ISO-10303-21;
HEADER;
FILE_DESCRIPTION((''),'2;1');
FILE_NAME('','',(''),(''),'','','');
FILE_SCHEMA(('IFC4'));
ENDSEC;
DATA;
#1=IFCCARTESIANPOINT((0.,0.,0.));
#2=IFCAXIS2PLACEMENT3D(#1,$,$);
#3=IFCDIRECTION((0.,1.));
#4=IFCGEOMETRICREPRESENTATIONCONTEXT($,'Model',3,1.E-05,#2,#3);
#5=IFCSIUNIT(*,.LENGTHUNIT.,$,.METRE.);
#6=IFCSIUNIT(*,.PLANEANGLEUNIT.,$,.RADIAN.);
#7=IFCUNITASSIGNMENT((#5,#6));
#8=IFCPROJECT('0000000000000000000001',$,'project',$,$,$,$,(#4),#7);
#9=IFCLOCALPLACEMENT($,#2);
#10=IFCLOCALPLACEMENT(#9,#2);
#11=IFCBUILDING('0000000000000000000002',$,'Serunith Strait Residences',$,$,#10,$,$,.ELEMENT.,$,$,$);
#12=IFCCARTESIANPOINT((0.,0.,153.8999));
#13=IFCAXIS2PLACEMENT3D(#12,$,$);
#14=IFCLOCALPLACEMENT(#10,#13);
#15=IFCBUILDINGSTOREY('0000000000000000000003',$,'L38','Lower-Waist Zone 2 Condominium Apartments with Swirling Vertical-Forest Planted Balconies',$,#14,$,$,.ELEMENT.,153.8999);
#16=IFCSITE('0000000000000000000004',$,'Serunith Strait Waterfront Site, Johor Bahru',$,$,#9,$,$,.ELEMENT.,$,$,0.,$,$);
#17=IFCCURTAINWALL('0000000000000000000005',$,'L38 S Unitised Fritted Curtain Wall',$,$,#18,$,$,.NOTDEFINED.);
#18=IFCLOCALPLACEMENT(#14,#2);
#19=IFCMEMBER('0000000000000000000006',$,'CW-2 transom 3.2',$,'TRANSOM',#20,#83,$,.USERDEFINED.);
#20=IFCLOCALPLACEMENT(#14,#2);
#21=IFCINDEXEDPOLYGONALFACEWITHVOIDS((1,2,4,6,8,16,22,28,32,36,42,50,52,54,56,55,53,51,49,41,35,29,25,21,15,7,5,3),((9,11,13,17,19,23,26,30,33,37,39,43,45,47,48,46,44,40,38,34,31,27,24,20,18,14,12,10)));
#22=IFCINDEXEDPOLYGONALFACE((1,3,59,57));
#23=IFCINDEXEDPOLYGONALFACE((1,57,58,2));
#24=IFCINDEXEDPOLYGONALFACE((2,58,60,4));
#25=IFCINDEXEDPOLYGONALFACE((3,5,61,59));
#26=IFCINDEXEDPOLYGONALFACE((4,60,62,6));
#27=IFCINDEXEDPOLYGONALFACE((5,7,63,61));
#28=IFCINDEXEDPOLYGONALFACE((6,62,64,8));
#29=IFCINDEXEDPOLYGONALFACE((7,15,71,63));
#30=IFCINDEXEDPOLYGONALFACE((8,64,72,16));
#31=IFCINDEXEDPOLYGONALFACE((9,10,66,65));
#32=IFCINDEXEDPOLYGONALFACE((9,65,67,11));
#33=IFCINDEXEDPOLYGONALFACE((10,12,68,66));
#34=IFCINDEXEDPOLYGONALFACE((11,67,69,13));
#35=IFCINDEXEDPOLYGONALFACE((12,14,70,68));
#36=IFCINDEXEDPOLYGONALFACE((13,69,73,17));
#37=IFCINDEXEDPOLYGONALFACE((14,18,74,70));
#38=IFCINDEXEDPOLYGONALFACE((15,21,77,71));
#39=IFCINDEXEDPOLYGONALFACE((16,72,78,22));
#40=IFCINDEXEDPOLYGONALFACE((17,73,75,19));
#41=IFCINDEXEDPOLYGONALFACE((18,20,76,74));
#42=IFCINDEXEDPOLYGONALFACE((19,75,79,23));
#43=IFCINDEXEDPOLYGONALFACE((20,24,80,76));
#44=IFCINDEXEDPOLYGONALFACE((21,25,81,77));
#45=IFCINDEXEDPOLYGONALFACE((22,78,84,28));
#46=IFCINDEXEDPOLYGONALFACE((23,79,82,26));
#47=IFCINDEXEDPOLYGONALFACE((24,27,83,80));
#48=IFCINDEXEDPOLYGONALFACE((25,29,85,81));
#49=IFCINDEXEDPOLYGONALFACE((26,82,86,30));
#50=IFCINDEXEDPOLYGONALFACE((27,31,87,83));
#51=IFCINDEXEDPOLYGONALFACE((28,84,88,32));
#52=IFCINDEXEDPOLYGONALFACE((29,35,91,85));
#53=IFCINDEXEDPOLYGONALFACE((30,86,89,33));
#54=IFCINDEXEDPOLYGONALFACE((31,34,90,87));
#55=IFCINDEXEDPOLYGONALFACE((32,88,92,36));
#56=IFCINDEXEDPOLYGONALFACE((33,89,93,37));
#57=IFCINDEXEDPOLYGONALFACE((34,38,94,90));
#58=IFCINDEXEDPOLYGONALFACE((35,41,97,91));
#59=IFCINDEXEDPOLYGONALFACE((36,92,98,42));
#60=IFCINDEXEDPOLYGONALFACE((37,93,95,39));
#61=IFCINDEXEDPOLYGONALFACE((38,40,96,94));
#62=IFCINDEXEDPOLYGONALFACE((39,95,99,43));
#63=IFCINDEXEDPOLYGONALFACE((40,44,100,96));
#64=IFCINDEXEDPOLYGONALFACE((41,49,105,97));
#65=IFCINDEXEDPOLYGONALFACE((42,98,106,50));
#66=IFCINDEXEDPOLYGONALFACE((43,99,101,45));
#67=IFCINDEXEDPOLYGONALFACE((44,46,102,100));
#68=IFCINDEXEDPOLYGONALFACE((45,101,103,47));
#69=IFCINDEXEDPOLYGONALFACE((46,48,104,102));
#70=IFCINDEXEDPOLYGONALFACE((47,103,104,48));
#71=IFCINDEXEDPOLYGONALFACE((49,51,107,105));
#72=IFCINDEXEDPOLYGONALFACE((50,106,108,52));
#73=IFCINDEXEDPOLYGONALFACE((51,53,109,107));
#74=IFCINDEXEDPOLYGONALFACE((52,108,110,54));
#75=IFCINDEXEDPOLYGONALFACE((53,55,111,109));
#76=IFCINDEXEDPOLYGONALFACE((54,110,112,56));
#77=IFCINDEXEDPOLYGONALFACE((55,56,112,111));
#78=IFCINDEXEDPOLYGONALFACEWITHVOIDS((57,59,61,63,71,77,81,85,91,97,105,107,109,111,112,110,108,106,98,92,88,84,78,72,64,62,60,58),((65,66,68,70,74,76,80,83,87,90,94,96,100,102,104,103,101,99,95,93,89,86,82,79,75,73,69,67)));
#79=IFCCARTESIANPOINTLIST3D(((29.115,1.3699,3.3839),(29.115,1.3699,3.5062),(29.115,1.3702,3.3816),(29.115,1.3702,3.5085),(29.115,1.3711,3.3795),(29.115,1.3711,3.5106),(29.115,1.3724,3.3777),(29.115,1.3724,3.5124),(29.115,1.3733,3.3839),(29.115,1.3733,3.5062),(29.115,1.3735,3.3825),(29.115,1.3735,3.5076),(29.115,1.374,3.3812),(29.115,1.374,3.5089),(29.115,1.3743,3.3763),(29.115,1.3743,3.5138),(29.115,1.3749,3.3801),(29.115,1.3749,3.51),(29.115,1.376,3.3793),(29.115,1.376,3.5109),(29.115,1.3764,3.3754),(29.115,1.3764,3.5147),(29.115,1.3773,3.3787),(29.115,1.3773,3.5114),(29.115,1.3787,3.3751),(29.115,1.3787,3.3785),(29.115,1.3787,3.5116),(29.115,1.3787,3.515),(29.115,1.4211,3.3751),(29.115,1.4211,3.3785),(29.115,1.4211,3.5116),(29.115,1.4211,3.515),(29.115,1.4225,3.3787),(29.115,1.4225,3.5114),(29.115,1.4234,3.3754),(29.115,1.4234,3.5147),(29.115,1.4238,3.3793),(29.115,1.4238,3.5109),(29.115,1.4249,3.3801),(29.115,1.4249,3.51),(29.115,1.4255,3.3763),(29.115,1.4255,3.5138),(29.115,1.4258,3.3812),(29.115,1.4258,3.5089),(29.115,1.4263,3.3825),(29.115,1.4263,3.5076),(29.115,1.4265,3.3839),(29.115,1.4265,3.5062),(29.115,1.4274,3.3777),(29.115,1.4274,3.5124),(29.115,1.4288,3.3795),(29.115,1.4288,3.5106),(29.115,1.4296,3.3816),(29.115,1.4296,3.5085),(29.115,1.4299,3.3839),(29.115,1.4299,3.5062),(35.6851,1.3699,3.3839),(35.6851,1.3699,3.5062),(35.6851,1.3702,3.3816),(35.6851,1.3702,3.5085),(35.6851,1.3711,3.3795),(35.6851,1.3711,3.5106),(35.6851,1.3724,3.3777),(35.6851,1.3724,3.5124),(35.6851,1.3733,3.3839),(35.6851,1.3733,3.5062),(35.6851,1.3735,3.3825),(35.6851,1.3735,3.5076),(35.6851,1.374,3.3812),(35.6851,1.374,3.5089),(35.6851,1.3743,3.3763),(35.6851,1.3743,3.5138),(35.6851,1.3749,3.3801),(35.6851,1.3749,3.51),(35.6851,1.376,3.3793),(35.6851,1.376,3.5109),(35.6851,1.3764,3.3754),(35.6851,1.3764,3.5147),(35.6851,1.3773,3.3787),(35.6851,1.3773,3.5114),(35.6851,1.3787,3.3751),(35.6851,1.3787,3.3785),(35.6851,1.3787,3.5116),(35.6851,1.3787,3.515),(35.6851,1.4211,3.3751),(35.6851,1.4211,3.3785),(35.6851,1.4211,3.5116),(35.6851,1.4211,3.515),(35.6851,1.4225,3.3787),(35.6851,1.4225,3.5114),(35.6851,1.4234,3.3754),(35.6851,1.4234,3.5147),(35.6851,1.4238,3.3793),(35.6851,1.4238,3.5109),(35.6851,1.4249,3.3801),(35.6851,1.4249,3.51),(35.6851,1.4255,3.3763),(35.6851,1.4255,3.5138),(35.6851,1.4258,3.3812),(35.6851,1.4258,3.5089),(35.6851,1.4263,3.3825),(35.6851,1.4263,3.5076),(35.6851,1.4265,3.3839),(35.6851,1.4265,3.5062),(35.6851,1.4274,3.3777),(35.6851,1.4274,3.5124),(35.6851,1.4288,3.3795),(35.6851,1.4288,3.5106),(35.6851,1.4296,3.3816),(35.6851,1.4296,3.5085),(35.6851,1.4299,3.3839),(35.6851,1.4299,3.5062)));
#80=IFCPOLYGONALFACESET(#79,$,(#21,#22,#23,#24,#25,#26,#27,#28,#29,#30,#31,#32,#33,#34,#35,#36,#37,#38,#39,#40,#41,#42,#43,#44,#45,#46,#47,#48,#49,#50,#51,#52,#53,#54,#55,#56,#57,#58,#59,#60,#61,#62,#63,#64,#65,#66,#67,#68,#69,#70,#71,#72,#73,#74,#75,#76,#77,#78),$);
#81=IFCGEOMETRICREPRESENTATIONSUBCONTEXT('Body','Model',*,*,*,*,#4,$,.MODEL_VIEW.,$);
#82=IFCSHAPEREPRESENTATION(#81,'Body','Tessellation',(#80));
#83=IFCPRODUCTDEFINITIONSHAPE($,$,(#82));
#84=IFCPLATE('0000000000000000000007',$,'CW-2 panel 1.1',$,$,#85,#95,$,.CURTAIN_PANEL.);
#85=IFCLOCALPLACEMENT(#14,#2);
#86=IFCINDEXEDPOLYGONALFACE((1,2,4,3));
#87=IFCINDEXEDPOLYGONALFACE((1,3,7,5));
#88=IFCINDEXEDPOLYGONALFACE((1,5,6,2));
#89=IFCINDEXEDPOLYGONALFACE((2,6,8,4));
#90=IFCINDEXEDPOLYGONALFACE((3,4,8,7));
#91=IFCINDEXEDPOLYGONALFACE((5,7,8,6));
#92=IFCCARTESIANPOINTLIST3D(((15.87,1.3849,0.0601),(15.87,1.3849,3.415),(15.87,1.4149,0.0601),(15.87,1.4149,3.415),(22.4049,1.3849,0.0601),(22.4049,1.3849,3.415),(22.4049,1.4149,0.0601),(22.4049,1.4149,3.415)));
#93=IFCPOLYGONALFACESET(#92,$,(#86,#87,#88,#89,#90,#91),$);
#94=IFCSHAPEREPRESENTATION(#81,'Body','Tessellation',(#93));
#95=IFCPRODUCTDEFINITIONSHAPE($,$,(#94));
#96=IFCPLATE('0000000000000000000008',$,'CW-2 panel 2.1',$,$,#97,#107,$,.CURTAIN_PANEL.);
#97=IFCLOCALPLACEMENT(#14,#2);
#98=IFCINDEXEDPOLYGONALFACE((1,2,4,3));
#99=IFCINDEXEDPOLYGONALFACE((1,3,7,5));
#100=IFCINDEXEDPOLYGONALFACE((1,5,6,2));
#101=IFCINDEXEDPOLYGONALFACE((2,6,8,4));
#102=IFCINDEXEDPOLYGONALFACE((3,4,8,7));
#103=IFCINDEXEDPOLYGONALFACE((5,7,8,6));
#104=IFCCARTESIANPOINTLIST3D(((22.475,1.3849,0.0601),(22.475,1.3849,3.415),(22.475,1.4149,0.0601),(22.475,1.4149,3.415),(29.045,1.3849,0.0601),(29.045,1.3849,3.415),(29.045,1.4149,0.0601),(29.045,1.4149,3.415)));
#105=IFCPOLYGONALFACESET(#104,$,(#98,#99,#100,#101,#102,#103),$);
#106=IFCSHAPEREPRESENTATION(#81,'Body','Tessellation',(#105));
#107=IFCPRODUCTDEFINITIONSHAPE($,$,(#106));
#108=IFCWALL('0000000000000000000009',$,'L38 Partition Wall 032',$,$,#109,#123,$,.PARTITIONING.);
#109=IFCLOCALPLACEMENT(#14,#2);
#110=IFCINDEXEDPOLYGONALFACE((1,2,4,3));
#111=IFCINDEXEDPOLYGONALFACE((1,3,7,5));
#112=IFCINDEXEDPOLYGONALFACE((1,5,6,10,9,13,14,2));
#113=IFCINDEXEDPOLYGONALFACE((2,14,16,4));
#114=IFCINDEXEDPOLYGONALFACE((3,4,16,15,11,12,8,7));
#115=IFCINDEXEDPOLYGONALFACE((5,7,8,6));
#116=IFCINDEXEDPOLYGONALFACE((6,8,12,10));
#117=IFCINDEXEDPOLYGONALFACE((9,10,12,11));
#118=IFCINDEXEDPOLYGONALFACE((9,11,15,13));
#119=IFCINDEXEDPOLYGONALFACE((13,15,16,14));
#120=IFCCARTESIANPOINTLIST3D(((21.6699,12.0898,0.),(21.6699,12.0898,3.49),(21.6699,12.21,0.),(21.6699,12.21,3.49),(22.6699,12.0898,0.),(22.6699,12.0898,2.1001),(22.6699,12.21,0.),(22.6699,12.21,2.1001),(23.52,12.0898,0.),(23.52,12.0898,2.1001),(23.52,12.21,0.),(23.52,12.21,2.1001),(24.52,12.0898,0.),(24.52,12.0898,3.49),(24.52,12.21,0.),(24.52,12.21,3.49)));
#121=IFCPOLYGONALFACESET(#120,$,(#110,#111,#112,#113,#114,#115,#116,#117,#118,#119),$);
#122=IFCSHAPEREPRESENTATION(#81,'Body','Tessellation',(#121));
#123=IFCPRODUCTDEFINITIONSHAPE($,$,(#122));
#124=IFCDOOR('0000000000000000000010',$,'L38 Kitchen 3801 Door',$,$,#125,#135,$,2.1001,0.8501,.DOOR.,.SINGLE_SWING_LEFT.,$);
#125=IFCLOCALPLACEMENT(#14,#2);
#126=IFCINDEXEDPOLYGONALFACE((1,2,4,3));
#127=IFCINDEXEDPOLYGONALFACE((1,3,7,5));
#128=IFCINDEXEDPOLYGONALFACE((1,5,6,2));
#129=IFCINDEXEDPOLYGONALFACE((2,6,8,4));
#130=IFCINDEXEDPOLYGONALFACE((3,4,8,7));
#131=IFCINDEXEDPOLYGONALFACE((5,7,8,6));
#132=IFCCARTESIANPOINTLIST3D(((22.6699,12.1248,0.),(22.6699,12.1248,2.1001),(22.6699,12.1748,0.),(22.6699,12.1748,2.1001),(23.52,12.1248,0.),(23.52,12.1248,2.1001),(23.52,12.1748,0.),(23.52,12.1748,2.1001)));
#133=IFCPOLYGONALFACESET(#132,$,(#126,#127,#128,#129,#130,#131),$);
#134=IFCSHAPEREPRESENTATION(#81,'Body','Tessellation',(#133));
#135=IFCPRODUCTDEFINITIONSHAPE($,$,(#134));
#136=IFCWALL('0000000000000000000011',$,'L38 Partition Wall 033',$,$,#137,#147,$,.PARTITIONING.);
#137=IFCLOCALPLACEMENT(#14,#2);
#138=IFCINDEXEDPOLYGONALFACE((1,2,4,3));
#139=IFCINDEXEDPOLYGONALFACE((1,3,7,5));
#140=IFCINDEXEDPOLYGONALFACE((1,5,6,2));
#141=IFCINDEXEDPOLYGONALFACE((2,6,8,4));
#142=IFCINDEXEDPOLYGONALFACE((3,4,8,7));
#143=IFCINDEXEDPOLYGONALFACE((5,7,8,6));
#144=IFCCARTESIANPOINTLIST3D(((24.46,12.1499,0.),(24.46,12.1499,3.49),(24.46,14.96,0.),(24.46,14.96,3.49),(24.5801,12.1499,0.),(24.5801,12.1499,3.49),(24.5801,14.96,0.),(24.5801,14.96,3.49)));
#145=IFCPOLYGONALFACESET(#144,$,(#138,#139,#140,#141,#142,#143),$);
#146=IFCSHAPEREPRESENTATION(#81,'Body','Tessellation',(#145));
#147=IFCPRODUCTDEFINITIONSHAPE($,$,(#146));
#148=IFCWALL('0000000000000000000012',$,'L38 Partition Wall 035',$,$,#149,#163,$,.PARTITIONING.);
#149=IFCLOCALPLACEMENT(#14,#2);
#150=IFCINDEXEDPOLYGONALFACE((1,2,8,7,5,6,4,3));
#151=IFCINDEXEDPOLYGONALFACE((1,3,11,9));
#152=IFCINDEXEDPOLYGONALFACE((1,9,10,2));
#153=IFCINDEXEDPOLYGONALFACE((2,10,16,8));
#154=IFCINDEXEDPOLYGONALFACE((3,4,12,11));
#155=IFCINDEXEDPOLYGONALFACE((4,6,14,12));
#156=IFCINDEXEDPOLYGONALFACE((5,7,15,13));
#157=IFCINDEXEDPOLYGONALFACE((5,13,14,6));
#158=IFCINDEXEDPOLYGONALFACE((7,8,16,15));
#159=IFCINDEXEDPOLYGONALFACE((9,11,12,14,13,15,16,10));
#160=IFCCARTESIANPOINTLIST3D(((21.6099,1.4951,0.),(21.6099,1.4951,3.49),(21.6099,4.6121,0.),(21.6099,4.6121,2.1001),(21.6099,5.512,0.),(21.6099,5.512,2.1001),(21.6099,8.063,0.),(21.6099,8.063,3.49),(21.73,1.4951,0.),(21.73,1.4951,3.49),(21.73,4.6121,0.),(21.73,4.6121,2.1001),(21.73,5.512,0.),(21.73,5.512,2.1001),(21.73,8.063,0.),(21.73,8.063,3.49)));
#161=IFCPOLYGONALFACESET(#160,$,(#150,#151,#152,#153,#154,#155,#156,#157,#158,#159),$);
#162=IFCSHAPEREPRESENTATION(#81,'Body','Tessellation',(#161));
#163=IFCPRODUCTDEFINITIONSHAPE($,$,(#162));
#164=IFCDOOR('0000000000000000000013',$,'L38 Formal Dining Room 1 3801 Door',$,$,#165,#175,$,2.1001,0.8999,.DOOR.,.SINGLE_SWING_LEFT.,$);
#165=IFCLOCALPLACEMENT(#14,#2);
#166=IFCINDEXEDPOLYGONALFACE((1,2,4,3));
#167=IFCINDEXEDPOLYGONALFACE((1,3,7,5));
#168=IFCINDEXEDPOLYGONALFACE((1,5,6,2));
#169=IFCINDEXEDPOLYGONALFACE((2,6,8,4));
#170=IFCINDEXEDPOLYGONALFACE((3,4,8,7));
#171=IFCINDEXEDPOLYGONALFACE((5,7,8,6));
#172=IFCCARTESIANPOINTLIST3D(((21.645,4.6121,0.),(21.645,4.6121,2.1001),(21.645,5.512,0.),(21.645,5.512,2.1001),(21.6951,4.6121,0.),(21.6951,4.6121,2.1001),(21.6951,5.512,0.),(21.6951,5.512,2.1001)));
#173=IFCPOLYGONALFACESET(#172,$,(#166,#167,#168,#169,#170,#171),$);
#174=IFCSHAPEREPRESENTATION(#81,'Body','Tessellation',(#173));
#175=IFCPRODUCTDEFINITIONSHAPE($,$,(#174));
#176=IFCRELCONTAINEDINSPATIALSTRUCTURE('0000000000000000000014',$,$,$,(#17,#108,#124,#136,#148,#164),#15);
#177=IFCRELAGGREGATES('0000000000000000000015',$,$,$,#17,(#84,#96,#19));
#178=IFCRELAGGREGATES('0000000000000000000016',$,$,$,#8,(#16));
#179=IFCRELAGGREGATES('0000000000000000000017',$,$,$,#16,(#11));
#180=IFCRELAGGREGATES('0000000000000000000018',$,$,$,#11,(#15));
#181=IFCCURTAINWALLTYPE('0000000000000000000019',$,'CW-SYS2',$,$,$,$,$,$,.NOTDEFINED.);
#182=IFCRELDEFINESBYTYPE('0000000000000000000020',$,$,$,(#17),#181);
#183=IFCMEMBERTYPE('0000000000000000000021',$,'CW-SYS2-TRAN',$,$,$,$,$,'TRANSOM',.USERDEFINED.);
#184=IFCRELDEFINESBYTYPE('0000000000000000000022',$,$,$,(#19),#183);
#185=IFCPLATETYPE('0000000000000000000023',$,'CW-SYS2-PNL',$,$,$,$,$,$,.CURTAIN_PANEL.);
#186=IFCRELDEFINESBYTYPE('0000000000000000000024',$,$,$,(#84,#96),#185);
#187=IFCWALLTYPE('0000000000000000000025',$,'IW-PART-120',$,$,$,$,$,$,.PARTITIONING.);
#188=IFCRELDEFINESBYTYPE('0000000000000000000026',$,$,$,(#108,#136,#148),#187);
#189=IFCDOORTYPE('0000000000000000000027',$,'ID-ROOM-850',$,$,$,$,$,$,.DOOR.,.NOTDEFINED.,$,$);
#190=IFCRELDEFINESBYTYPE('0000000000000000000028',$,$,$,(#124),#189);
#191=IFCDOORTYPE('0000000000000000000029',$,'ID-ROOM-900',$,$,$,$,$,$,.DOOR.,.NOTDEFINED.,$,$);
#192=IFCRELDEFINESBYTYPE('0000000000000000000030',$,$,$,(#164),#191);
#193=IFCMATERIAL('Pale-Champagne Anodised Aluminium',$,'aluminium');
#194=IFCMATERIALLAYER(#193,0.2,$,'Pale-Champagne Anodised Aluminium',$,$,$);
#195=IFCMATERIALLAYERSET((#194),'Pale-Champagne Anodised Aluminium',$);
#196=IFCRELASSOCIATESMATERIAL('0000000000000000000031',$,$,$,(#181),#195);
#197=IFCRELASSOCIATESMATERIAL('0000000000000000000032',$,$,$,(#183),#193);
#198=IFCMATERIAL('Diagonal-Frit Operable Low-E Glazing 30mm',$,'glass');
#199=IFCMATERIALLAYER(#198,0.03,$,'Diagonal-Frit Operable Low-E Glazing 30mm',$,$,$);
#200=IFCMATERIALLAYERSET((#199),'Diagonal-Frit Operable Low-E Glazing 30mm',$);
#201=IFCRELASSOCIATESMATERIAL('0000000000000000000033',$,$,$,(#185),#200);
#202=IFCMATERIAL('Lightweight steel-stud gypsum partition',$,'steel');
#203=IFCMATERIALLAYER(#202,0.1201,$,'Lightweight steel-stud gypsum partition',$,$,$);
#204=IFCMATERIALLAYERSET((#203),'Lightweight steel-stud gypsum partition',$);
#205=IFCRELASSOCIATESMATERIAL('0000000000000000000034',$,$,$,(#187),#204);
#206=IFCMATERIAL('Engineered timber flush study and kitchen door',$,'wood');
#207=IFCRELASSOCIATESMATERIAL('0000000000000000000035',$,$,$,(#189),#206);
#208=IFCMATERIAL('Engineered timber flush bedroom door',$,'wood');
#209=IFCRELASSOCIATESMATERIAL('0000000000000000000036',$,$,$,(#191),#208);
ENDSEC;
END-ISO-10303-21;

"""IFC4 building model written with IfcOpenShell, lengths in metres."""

from ifc_helpers import new_model, si_unit, direction, frame, frame_2d, origin, origin_2d, place, context, subcontext, project, spatial, rectangle, hollow_rectangle, extrude, source, transform, mapped, material, layer, layer_set, material_profile, profile_set, type_object, element, fill, aggregate, save


model = new_model("IFC4")

# Units and contexts
model_context = context("Model", 3, precision=1e-05, world=origin(), true_north=direction((0.0, 1.0)))
body_context = subcontext(model_context, "Body", "Model", "MODEL_VIEW")
ifc_project = project(units=[si_unit("LENGTHUNIT", "METRE"), si_unit("PLANEANGLEUNIT", "RADIAN")], contexts=[model_context])

# Site, building, storey
site_placement = place(None, origin())
site = spatial("IfcSite", under=ifc_project, at=site_placement, Name="Serunith Strait Waterfront Site, Johor Bahru", CompositionType="ELEMENT", RefElevation=0.0)
building_placement = place(site_placement, origin())
building = spatial("IfcBuilding", under=site, at=building_placement, Name="Serunith Strait Residences", CompositionType="ELEMENT")
storey_placement = place(building_placement, frame((0.0, 0.0, 153.8999)))
storey = spatial("IfcBuildingStorey", under=building, at=storey_placement, Name="L38", Description="Lower-Waist Zone 2 Condominium Apartments with Swirling Vertical-Forest Planted Balconies", CompositionType="ELEMENT", Elevation=153.8999)

# Curtain wall, member, plates
ifc_material_1 = material(Name="Pale-Champagne Anodised Aluminium", Category="aluminium")
ifc_layer_1 = layer(ifc_material_1, 0.2, Name="Pale-Champagne Anodised Aluminium")
ifc_layer_set_1 = layer_set([ifc_layer_1], Name="Pale-Champagne Anodised Aluminium")
curtain_wall_type = type_object("IfcCurtainWallType", Name="CW-SYS2", PredefinedType="NOTDEFINED", material=ifc_layer_set_1)
curtain_wall_placement = place(storey_placement, origin())
curtain_wall = element("IfcCurtainWall", 1, at=curtain_wall_placement, inside=storey, type_object=curtain_wall_type, Name="L38 S Unitised Fritted Curtain Wall", PredefinedType="NOTDEFINED")
ifc_material_profile_1 = material_profile(ifc_material_1, hollow_rectangle(XDim=0.0601, YDim=0.1399, WallThickness=0.0034, InnerFilletRadius=0.0054, OuterFilletRadius=0.0088, at=origin_2d()), Name="ALU 140x60x3.5")
ifc_profile_set_1 = profile_set([ifc_material_profile_1], Name="Pale-Champagne Anodised Aluminium")
member_type_1 = type_object("IfcMemberType", Name="CW-SYS2-TRAN", ElementType="TRANSOM", PredefinedType="USERDEFINED", material=ifc_profile_set_1)
shared_shape_1 = source(origin(), body_context, "Body", "SweptSolid", [
    extrude(hollow_rectangle(XDim=0.0601, YDim=0.1399, WallThickness=0.0034, InnerFilletRadius=0.0054, OuterFilletRadius=0.0088, at=origin_2d()), origin(), (0.0, 0.0, 1.0), 6.5701),
])
member_1_placement = place(storey_placement, frame((29.115, 1.3999, 3.4451), z_axis=(1.0, 0.0, 0.0), x_axis=(0.0, 1.0, 0.0)))
member_1 = element("IfcMember", 2, at=member_1_placement, type_object=member_type_1, Name="CW-2 transom 3.2", ObjectType="TRANSOM", PredefinedType="USERDEFINED", context=body_context, shape_type="MappedRepresentation", body=[
    mapped(shared_shape_1, transform((0.0, 0.0, 0.0), scale=1.0)),
])
ifc_material_2 = material(Name="Diagonal-Frit Operable Low-E Glazing 30mm", Category="glass")
ifc_layer_2 = layer(ifc_material_2, 0.03, Name="Diagonal-Frit Operable Low-E Glazing 30mm")
ifc_layer_set_2 = layer_set([ifc_layer_2], Name="Diagonal-Frit Operable Low-E Glazing 30mm")
plate_type = type_object("IfcPlateType", Name="CW-SYS2-PNL", PredefinedType="CURTAIN_PANEL", material=ifc_layer_set_2)
shared_shape_2 = source(origin(), body_context, "Body", "SweptSolid", [
    extrude(rectangle(XDim=6.5349, YDim=0.03, at=origin_2d()), origin(), (0.0, 0.0, 1.0), 3.355),
])
plate_1_placement = place(storey_placement, frame((19.1375, 1.3999, 0.0601), z_axis=(0.0, 0.0, 1.0), x_axis=(1.0, 0.0, 0.0)))
plate_1 = element("IfcPlate", 3, at=plate_1_placement, type_object=plate_type, Name="CW-2 panel 1.1", PredefinedType="CURTAIN_PANEL", context=body_context, shape_type="MappedRepresentation", body=[
    mapped(shared_shape_2, transform((0.0, 0.0, 0.0), scale=1.0)),
])
shared_shape_3 = source(origin(), body_context, "Body", "SweptSolid", [
    extrude(rectangle(XDim=6.5701, YDim=0.03, at=origin_2d()), origin(), (0.0, 0.0, 1.0), 3.355),
])
plate_2_placement = place(storey_placement, frame((25.76, 1.3999, 0.0601), z_axis=(0.0, 0.0, 1.0), x_axis=(1.0, 0.0, 0.0)))
plate_2 = element("IfcPlate", 4, at=plate_2_placement, type_object=plate_type, Name="CW-2 panel 2.1", PredefinedType="CURTAIN_PANEL", context=body_context, shape_type="MappedRepresentation", body=[
    mapped(shared_shape_3, transform((0.0, 0.0, 0.0), scale=1.0)),
])
aggregate(curtain_wall, [plate_1, plate_2, member_1])

# Wall, opening, door
ifc_material_3 = material(Name="Lightweight steel-stud gypsum partition", Category="steel")
ifc_layer_3 = layer(ifc_material_3, 0.1201, Name="Lightweight steel-stud gypsum partition")
ifc_layer_set_3 = layer_set([ifc_layer_3], Name="Lightweight steel-stud gypsum partition")
wall_type = type_object("IfcWallType", Name="IW-PART-120", PredefinedType="PARTITIONING", material=ifc_layer_set_3)
wall_1_placement = place(storey_placement, frame((21.6699, 12.1499, 0.0), z_axis=(0.0, 0.0, 1.0), x_axis=(1.0, 0.0, 0.0)))
wall_1 = element("IfcWall", 5, at=wall_1_placement, inside=storey, type_object=wall_type, Name="L38 Partition Wall 032", PredefinedType="PARTITIONING", context=body_context, shape_type="SweptSolid", body=[
    extrude(rectangle(XDim=2.8501, YDim=0.1201, at=frame_2d((1.425, 0.0))), origin(), (0.0, 0.0, 1.0), 3.49),
])
opening_1_placement = place(wall_1_placement, frame((1.0, 0.0, 0.0)))
opening_1 = element("IfcOpeningElement", 6, at=opening_1_placement, cuts=wall_1, PredefinedType="OPENING", context=body_context, shape_type="SweptSolid", body=[
    extrude(rectangle(XDim=0.8501, YDim=2.1001, at=frame_2d((0.425, 1.05))), frame((0.0, 0.0701, 0.0), z_axis=(0.0, -1.0, 0.0), x_axis=(1.0, 0.0, 0.0)), (0.0, 0.0, 1.0), 0.1401),
])
ifc_material_4 = material(Name="Engineered timber flush study and kitchen door", Category="wood")
door_type_1 = type_object("IfcDoorType", Name="ID-ROOM-850", OperationType="NOTDEFINED", PredefinedType="DOOR", material=ifc_material_4)
shared_shape_4 = source(origin(), body_context, "Body", "SweptSolid", [
    extrude(rectangle(XDim=0.8501, YDim=2.1001, at=frame_2d((0.425, 1.05))), frame((0.0, 0.0249, 0.0), z_axis=(0.0, -1.0, 0.0), x_axis=(1.0, 0.0, 0.0)), (0.0, 0.0, 1.0), 0.05),
])
door_1_placement = place(opening_1_placement, origin())
door_1 = element("IfcDoor", 7, at=door_1_placement, inside=storey, type_object=door_type_1, Name="L38 Kitchen 3801 Door", OperationType="SINGLE_SWING_LEFT", OverallHeight=2.1001, OverallWidth=0.8501, PredefinedType="DOOR", context=body_context, shape_type="MappedRepresentation", body=[
    mapped(shared_shape_4, transform((0.0, 0.0, 0.0), scale=1.0)),
])
fill(opening_1, door_1)

# Wall
wall_2_placement = place(storey_placement, frame((24.52, 12.1499, 0.0), z_axis=(0.0, 0.0, 1.0), x_axis=(0.0, 1.0, 0.0)))
element("IfcWall", 8, at=wall_2_placement, inside=storey, type_object=wall_type, Name="L38 Partition Wall 033", PredefinedType="PARTITIONING", context=body_context, shape_type="SweptSolid", body=[
    extrude(rectangle(XDim=2.8101, YDim=0.1201, at=frame_2d((1.405, 0.0))), origin(), (0.0, 0.0, 1.0), 3.49),
])

# Wall, opening, door
wall_3_placement = place(storey_placement, frame((21.6699, 1.4951, 0.0), z_axis=(0.0, 0.0, 1.0), x_axis=(0.0, 1.0, 0.0)))
wall_3 = element("IfcWall", 9, at=wall_3_placement, inside=storey, type_object=wall_type, Name="L38 Partition Wall 035", PredefinedType="PARTITIONING", context=body_context, shape_type="SweptSolid", body=[
    extrude(rectangle(XDim=6.5679, YDim=0.1201, at=frame_2d((3.2839, 0.0))), origin(), (0.0, 0.0, 1.0), 3.49),
])
opening_2_placement = place(wall_3_placement, frame((3.1169, 0.0, 0.0)))
opening_2 = element("IfcOpeningElement", 10, at=opening_2_placement, cuts=wall_3, PredefinedType="OPENING", context=body_context, shape_type="SweptSolid", body=[
    extrude(rectangle(XDim=0.8999, YDim=2.1001, at=frame_2d((0.45, 1.05))), frame((0.0, 0.0701, 0.0), z_axis=(0.0, -1.0, 0.0), x_axis=(1.0, 0.0, 0.0)), (0.0, 0.0, 1.0), 0.1401),
])
ifc_material_5 = material(Name="Engineered timber flush bedroom door", Category="wood")
door_type_2 = type_object("IfcDoorType", Name="ID-ROOM-900", OperationType="NOTDEFINED", PredefinedType="DOOR", material=ifc_material_5)
shared_shape_5 = source(origin(), body_context, "Body", "SweptSolid", [
    extrude(rectangle(XDim=0.8999, YDim=2.1001, at=frame_2d((0.45, 1.05))), frame((0.0, 0.0249, 0.0), z_axis=(0.0, -1.0, 0.0), x_axis=(1.0, 0.0, 0.0)), (0.0, 0.0, 1.0), 0.05),
])
door_2_placement = place(opening_2_placement, origin())
door_2 = element("IfcDoor", 11, at=door_2_placement, inside=storey, type_object=door_type_2, Name="L38 Formal Dining Room 1 3801 Door", OperationType="SINGLE_SWING_LEFT", OverallHeight=2.1001, OverallWidth=0.8999, PredefinedType="DOOR", context=body_context, shape_type="MappedRepresentation", body=[
    mapped(shared_shape_5, transform((0.0, 0.0, 0.0), scale=1.0)),
])
fill(opening_2, door_2)

save(model, "model.ifc")
